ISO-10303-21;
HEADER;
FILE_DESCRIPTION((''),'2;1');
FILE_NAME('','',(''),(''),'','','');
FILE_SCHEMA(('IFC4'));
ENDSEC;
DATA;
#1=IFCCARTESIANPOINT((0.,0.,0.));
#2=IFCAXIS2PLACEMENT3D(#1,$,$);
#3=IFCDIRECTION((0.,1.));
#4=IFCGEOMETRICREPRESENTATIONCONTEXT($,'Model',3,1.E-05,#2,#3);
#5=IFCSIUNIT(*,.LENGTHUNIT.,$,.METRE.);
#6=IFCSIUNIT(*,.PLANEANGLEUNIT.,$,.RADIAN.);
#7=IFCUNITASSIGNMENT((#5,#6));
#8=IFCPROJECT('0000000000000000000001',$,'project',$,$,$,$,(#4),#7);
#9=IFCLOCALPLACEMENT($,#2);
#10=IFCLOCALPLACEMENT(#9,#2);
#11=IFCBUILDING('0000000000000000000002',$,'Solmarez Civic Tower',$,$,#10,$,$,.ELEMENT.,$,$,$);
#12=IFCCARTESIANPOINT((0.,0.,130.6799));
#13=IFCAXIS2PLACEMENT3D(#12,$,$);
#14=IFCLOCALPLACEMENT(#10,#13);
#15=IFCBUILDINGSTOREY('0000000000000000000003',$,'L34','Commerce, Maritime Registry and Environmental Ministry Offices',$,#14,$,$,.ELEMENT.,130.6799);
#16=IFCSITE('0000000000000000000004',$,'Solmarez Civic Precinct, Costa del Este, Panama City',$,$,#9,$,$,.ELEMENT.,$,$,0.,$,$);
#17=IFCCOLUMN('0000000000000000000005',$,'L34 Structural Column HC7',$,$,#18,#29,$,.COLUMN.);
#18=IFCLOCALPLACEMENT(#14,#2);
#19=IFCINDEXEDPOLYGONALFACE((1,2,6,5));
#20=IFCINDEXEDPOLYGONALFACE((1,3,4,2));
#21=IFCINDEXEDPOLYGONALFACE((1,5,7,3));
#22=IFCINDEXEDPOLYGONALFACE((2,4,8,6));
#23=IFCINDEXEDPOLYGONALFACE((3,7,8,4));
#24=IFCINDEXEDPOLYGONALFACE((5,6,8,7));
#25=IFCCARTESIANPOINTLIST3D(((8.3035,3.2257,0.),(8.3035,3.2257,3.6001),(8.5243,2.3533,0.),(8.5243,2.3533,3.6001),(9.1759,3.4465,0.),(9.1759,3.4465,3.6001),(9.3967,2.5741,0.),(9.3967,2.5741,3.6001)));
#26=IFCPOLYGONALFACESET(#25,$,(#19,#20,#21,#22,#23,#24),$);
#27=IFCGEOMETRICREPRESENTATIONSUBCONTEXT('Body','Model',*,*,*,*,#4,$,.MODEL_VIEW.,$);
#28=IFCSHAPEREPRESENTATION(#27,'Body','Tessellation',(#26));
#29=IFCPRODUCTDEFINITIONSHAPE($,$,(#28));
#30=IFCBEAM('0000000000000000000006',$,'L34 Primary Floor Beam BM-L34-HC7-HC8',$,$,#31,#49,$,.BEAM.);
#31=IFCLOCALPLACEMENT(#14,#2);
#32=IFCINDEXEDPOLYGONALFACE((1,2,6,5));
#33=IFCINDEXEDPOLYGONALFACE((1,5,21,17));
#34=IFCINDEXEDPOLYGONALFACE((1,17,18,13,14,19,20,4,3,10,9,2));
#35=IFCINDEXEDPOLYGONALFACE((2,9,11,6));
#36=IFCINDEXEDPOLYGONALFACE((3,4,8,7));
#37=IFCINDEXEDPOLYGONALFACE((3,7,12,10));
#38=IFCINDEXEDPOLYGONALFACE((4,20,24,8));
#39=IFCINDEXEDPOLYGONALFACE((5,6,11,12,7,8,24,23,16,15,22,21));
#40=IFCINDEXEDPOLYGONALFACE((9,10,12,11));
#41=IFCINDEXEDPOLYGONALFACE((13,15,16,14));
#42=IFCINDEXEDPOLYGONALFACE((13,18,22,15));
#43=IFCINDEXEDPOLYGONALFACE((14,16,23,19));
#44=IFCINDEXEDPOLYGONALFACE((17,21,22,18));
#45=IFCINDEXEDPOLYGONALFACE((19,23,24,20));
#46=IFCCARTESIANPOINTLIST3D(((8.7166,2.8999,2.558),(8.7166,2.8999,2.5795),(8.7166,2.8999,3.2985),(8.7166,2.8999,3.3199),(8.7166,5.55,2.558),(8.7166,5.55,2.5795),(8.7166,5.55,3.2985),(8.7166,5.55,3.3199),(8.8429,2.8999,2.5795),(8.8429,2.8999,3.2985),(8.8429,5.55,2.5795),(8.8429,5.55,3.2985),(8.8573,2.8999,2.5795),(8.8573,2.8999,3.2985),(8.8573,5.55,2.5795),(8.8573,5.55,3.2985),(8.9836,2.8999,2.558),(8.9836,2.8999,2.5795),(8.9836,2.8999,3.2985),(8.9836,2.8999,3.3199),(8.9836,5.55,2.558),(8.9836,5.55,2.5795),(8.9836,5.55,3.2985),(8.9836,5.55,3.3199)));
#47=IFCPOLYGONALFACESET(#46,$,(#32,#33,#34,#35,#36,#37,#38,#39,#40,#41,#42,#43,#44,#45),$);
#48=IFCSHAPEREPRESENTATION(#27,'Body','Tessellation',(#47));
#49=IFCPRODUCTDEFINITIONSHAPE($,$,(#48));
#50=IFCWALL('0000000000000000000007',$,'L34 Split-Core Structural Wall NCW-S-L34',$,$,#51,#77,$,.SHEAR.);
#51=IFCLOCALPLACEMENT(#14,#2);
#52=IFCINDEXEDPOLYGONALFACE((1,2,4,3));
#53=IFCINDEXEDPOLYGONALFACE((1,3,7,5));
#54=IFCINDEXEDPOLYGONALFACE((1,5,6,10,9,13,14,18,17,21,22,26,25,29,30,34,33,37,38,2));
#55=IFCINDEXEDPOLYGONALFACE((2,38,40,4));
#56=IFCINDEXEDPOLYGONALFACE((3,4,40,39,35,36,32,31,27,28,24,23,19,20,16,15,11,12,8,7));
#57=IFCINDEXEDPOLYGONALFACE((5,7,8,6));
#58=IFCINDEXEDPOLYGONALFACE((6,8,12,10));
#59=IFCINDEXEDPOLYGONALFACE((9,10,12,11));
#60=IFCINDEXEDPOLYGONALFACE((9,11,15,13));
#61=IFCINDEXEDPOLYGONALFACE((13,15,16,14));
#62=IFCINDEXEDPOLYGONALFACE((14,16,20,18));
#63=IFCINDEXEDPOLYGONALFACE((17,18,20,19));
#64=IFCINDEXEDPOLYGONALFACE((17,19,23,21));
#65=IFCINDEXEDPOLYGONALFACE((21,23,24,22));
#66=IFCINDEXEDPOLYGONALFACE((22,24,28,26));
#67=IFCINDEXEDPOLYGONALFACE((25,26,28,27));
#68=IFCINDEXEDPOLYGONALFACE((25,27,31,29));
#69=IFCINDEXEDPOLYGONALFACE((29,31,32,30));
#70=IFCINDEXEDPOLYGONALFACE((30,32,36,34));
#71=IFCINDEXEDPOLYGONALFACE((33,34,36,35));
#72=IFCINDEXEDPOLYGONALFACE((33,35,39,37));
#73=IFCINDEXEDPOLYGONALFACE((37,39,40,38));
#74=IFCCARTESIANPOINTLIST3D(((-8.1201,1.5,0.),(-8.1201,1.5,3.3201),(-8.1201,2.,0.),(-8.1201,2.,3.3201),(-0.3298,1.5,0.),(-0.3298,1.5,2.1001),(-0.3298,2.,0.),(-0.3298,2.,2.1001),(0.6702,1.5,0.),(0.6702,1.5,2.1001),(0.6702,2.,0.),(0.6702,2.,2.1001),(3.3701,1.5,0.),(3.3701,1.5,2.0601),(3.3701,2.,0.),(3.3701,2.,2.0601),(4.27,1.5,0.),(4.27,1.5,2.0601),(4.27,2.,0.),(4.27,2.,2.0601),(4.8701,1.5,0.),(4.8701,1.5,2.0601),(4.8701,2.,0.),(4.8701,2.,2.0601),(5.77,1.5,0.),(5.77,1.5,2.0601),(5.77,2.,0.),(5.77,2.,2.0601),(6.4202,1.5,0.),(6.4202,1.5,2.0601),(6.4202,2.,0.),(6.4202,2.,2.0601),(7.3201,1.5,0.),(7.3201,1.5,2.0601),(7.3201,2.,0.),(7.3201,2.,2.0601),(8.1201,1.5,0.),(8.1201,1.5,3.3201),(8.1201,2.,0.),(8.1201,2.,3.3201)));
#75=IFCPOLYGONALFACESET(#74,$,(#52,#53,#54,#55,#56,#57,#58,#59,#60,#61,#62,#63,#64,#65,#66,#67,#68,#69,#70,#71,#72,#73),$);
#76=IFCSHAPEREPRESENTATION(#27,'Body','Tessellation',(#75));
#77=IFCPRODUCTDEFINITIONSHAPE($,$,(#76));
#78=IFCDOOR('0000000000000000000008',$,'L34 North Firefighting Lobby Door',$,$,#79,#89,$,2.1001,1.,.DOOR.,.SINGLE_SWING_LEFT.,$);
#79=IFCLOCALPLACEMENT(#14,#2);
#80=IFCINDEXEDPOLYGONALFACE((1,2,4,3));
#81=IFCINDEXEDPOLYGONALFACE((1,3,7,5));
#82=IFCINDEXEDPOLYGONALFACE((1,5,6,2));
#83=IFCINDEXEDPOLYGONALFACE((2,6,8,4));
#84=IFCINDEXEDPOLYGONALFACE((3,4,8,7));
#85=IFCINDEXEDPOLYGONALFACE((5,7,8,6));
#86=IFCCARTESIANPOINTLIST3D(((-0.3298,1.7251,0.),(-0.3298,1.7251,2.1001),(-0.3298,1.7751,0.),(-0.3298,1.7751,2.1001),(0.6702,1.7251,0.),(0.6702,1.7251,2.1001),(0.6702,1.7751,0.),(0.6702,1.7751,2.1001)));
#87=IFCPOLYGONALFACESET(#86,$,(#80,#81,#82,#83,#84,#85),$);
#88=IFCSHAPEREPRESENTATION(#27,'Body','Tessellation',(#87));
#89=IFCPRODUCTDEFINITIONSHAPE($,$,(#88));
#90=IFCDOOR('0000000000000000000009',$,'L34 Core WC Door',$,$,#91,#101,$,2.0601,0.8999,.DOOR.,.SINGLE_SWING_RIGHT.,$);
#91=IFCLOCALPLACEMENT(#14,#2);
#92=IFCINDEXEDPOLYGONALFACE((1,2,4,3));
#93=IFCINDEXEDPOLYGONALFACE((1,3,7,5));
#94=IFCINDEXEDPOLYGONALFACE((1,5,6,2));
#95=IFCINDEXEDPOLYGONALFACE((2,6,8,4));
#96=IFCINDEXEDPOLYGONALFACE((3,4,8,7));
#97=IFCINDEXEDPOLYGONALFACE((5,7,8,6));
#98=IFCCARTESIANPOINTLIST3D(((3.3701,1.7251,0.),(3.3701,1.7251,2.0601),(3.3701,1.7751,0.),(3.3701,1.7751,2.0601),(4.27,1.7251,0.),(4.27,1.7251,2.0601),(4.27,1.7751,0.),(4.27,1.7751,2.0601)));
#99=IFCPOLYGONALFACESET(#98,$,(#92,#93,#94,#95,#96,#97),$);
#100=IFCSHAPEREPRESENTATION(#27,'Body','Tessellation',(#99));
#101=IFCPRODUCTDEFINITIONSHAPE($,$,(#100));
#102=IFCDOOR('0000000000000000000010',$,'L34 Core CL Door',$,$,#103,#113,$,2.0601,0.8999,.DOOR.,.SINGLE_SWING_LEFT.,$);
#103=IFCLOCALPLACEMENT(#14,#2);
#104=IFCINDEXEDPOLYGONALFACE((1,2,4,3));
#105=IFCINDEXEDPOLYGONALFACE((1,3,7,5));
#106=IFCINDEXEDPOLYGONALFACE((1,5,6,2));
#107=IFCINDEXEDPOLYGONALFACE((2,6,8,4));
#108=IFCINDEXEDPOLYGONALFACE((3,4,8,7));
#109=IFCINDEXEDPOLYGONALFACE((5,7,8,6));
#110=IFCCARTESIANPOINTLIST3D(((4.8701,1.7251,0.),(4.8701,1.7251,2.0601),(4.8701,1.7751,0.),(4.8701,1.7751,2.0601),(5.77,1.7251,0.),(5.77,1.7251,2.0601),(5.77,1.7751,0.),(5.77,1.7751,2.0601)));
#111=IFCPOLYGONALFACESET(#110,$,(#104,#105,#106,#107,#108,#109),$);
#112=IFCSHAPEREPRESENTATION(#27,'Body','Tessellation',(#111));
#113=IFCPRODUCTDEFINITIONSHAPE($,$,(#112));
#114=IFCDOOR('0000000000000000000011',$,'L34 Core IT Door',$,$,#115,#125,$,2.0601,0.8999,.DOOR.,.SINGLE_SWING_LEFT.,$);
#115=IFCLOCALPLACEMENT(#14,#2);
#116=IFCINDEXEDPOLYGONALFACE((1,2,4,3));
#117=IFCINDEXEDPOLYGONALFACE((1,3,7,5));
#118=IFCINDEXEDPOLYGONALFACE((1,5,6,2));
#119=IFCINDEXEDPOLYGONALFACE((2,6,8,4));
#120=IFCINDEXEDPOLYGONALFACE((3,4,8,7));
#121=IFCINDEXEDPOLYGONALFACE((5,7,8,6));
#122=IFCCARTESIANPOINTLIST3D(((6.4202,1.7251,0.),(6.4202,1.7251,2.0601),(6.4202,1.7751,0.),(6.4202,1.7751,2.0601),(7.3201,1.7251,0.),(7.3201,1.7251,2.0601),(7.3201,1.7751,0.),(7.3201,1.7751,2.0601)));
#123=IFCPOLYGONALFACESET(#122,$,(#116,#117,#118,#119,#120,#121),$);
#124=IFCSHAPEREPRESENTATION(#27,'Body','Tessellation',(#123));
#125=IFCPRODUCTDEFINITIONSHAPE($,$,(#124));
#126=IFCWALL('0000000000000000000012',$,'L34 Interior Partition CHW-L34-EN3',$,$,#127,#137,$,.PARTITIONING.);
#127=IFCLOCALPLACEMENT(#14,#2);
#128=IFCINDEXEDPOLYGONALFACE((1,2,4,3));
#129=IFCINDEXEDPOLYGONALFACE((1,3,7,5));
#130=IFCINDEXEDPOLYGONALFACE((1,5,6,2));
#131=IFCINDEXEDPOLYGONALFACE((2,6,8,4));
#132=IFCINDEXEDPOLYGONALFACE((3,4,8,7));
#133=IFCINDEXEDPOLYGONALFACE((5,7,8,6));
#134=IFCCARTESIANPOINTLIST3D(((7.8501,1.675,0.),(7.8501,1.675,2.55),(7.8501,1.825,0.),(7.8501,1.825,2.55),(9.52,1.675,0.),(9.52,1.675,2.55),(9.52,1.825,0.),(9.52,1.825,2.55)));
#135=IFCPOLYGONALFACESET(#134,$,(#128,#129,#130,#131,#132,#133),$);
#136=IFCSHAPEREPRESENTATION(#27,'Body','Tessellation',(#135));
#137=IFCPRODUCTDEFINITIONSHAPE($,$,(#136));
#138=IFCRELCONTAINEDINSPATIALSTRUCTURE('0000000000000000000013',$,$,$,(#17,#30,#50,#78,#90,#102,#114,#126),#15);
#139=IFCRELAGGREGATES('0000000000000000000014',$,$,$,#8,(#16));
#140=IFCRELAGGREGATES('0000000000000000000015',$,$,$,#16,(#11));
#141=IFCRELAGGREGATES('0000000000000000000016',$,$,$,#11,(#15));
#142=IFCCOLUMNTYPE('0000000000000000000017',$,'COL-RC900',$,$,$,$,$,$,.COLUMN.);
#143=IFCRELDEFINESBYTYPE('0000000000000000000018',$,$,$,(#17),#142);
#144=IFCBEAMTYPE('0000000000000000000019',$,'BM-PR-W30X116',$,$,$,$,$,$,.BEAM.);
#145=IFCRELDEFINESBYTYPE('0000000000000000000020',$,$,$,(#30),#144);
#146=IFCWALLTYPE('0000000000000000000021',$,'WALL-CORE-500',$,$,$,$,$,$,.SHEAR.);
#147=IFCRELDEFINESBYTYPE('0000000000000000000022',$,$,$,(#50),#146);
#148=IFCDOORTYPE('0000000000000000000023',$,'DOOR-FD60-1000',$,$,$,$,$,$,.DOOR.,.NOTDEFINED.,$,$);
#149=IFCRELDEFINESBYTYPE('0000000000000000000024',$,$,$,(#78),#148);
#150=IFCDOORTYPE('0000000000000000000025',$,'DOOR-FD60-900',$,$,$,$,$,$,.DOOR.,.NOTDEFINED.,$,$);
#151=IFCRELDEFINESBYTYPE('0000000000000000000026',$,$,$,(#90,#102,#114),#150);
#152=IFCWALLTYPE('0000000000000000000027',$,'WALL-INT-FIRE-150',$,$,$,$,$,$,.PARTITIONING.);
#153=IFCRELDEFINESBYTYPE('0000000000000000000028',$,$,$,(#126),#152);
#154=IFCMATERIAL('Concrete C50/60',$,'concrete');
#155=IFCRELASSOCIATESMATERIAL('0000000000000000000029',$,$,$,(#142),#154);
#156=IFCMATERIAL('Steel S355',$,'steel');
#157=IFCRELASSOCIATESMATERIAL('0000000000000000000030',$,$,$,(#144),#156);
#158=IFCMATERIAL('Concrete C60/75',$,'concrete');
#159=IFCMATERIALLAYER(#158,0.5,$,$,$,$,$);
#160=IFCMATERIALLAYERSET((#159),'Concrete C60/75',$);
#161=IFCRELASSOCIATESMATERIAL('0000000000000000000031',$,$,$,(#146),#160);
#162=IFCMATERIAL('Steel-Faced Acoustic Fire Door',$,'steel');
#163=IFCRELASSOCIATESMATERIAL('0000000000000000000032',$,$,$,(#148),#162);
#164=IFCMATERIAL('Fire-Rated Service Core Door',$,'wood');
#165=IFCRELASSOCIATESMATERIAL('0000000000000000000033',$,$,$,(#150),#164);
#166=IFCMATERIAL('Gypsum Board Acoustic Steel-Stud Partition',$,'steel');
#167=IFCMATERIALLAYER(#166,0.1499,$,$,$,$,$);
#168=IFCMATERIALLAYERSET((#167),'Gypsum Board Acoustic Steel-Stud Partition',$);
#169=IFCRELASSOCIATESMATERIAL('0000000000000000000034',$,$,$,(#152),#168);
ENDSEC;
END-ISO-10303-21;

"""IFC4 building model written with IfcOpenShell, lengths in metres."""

from ifc_helpers import new_model, si_unit, direction, frame, frame_2d, origin, origin_2d, place, context, subcontext, project, spatial, rectangle, i_section, extrude, material, layer, layer_set, material_profile, profile_set, type_object, element, fill, save


model = new_model("IFC4")

# Units and contexts
model_context = context("Model", 3, precision=1e-05, world=origin(), true_north=direction((0.0, 1.0)))
body_context = subcontext(model_context, "Body", "Model", "MODEL_VIEW")
ifc_project = project(units=[si_unit("LENGTHUNIT", "METRE"), si_unit("PLANEANGLEUNIT", "RADIAN")], contexts=[model_context])

# Site, building, storey
site_placement = place(None, origin())
site = spatial("IfcSite", under=ifc_project, at=site_placement, Name="Solmarez Civic Precinct, Costa del Este, Panama City", CompositionType="ELEMENT", RefElevation=0.0)
building_placement = place(site_placement, origin())
building = spatial("IfcBuilding", under=site, at=building_placement, Name="Solmarez Civic Tower", CompositionType="ELEMENT")
storey_placement = place(building_placement, frame((0.0, 0.0, 130.6799)))
storey = spatial("IfcBuildingStorey", under=building, at=storey_placement, Name="L34", Description="Commerce, Maritime Registry and Environmental Ministry Offices", CompositionType="ELEMENT", Elevation=130.6799)

# Column
ifc_material_1 = material(Name="Concrete C50/60", Category="concrete")
ifc_material_profile_1 = material_profile(ifc_material_1, rectangle(XDim=0.8999, YDim=0.8999, at=origin_2d()), Name="RC900X900")
ifc_profile_set_1 = profile_set([ifc_material_profile_1], Name="Concrete C50/60")
column_type = type_object("IfcColumnType", Name="COL-RC900", PredefinedType="COLUMN", material=ifc_profile_set_1)
column_placement = place(storey_placement, frame((8.8501, 2.8999, 0.0), z_axis=(0.0, 0.0, 1.0), x_axis=(0.969445, 0.245307, 0.0)))
element("IfcColumn", 1, at=column_placement, inside=storey, type_object=column_type, Name="L34 Structural Column HC7", PredefinedType="COLUMN", context=body_context, shape_type="SweptSolid", body=[
    extrude(rectangle(XDim=0.8999, YDim=0.8999, at=origin_2d()), origin(), (0.0, 0.0, 1.0), 3.6001),
])

# Beam
ifc_material_2 = material(Name="Steel S355", Category="steel")
ifc_material_profile_2 = material_profile(ifc_material_2, i_section(OverallWidth=0.2671, OverallDepth=0.762, WebThickness=0.0144, FlangeThickness=0.0215, at=origin_2d()), Name="W30X116")
ifc_profile_set_2 = profile_set([ifc_material_profile_2], Name="Steel S355")
beam_type = type_object("IfcBeamType", Name="BM-PR-W30X116", PredefinedType="BEAM", material=ifc_profile_set_2)
beam_placement = place(storey_placement, frame((8.8501, 2.8999, 2.939), z_axis=(0.0, 1.0, 0.0), x_axis=(-1.0, 0.0, 0.0)))
element("IfcBeam", 2, at=beam_placement, inside=storey, type_object=beam_type, Name="L34 Primary Floor Beam BM-L34-HC7-HC8", PredefinedType="BEAM", context=body_context, shape_type="SweptSolid", body=[
    extrude(i_section(OverallWidth=0.2671, OverallDepth=0.762, WebThickness=0.0144, FlangeThickness=0.0215, at=origin_2d()), origin(), (0.0, 0.0, 1.0), 2.6501),
])

# Wall, openings, doors
ifc_material_3 = material(Name="Concrete C60/75", Category="concrete")
ifc_layer_1 = layer(ifc_material_3, 0.5)
ifc_layer_set_1 = layer_set([ifc_layer_1], Name="Concrete C60/75")
wall_type_1 = type_object("IfcWallType", Name="WALL-CORE-500", PredefinedType="SHEAR", material=ifc_layer_set_1)
wall_1_placement = place(storey_placement, frame((8.1201, 1.75, 0.0), z_axis=(0.0, 0.0, 1.0), x_axis=(-1.0, 0.0, 0.0)))
wall_1 = element("IfcWall", 3, at=wall_1_placement, inside=storey, type_object=wall_type_1, Name="L34 Split-Core Structural Wall NCW-S-L34", PredefinedType="SHEAR", context=body_context, shape_type="SweptSolid", body=[
    extrude(rectangle(XDim=16.2402, YDim=0.5, at=frame_2d((8.1201, 0.0))), origin(), (0.0, 0.0, 1.0), 3.3201),
])
opening_1_placement = place(wall_1_placement, frame((7.45, 0.0, 0.0)))
opening_1 = element("IfcOpeningElement", 4, at=opening_1_placement, cuts=wall_1, PredefinedType="OPENING", context=body_context, shape_type="SweptSolid", body=[
    extrude(rectangle(XDim=1.0, YDim=2.1001, at=frame_2d((0.5, 1.05))), frame((0.0, 0.26, 0.0), z_axis=(0.0, -1.0, 0.0), x_axis=(1.0, 0.0, 0.0)), (0.0, 0.0, 1.0), 0.52),
])
opening_2_placement = place(wall_1_placement, frame((3.8501, 0.0, 0.0)))
opening_2 = element("IfcOpeningElement", 5, at=opening_2_placement, cuts=wall_1, PredefinedType="OPENING", context=body_context, shape_type="SweptSolid", body=[
    extrude(rectangle(XDim=0.8999, YDim=2.0601, at=frame_2d((0.45, 1.03))), frame((0.0, 0.26, 0.0), z_axis=(0.0, -1.0, 0.0), x_axis=(1.0, 0.0, 0.0)), (0.0, 0.0, 1.0), 0.52),
])
opening_3_placement = place(wall_1_placement, frame((2.3501, 0.0, 0.0)))
opening_3 = element("IfcOpeningElement", 6, at=opening_3_placement, cuts=wall_1, PredefinedType="OPENING", context=body_context, shape_type="SweptSolid", body=[
    extrude(rectangle(XDim=0.8999, YDim=2.0601, at=frame_2d((0.45, 1.03))), frame((0.0, 0.26, 0.0), z_axis=(0.0, -1.0, 0.0), x_axis=(1.0, 0.0, 0.0)), (0.0, 0.0, 1.0), 0.52),
])
opening_4_placement = place(wall_1_placement, frame((0.8, 0.0, 0.0)))
opening_4 = element("IfcOpeningElement", 7, at=opening_4_placement, cuts=wall_1, PredefinedType="OPENING", context=body_context, shape_type="SweptSolid", body=[
    extrude(rectangle(XDim=0.8999, YDim=2.0601, at=frame_2d((0.45, 1.03))), frame((0.0, 0.26, 0.0), z_axis=(0.0, -1.0, 0.0), x_axis=(1.0, 0.0, 0.0)), (0.0, 0.0, 1.0), 0.52),
])
ifc_material_4 = material(Name="Steel-Faced Acoustic Fire Door", Category="steel")
door_type_1 = type_object("IfcDoorType", Name="DOOR-FD60-1000", OperationType="NOTDEFINED", PredefinedType="DOOR", material=ifc_material_4)
door_1_placement = place(opening_1_placement, origin())
door_1 = element("IfcDoor", 8, at=door_1_placement, inside=storey, type_object=door_type_1, Name="L34 North Firefighting Lobby Door", OperationType="SINGLE_SWING_LEFT", OverallHeight=2.1001, OverallWidth=1.0, PredefinedType="DOOR", context=body_context, shape_type="SweptSolid", body=[
    extrude(rectangle(XDim=1.0, YDim=2.1001, at=frame_2d((0.5, 1.05))), frame((0.0, 0.0249, 0.0), z_axis=(0.0, -1.0, 0.0), x_axis=(1.0, 0.0, 0.0)), (0.0, 0.0, 1.0), 0.05),
])
fill(opening_1, door_1)
ifc_material_5 = material(Name="Fire-Rated Service Core Door", Category="wood")
door_type_2 = type_object("IfcDoorType", Name="DOOR-FD60-900", OperationType="NOTDEFINED", PredefinedType="DOOR", material=ifc_material_5)
door_2_placement = place(opening_2_placement, origin())
door_2 = element("IfcDoor", 9, at=door_2_placement, inside=storey, type_object=door_type_2, Name="L34 Core WC Door", OperationType="SINGLE_SWING_RIGHT", OverallHeight=2.0601, OverallWidth=0.8999, PredefinedType="DOOR", context=body_context, shape_type="SweptSolid", body=[
    extrude(rectangle(XDim=0.8999, YDim=2.0601, at=frame_2d((0.45, 1.03))), frame((0.0, 0.0249, 0.0), z_axis=(0.0, -1.0, 0.0), x_axis=(1.0, 0.0, 0.0)), (0.0, 0.0, 1.0), 0.05),
])
fill(opening_2, door_2)
door_3_placement = place(opening_3_placement, origin())
door_3 = element("IfcDoor", 10, at=door_3_placement, inside=storey, type_object=door_type_2, Name="L34 Core CL Door", OperationType="SINGLE_SWING_LEFT", OverallHeight=2.0601, OverallWidth=0.8999, PredefinedType="DOOR", context=body_context, shape_type="SweptSolid", body=[
    extrude(rectangle(XDim=0.8999, YDim=2.0601, at=frame_2d((0.45, 1.03))), frame((0.0, 0.0249, 0.0), z_axis=(0.0, -1.0, 0.0), x_axis=(1.0, 0.0, 0.0)), (0.0, 0.0, 1.0), 0.05),
])
fill(opening_3, door_3)
door_4_placement = place(opening_4_placement, origin())
door_4 = element("IfcDoor", 11, at=door_4_placement, inside=storey, type_object=door_type_2, Name="L34 Core IT Door", OperationType="SINGLE_SWING_LEFT", OverallHeight=2.0601, OverallWidth=0.8999, PredefinedType="DOOR", context=body_context, shape_type="SweptSolid", body=[
    extrude(rectangle(XDim=0.8999, YDim=2.0601, at=frame_2d((0.45, 1.03))), frame((0.0, 0.0249, 0.0), z_axis=(0.0, -1.0, 0.0), x_axis=(1.0, 0.0, 0.0)), (0.0, 0.0, 1.0), 0.05),
])
fill(opening_4, door_4)

# Wall
ifc_material_6 = material(Name="Gypsum Board Acoustic Steel-Stud Partition", Category="steel")
ifc_layer_2 = layer(ifc_material_6, 0.1499)
ifc_layer_set_2 = layer_set([ifc_layer_2], Name="Gypsum Board Acoustic Steel-Stud Partition")
wall_type_2 = type_object("IfcWallType", Name="WALL-INT-FIRE-150", PredefinedType="PARTITIONING", material=ifc_layer_set_2)
wall_2_placement = place(storey_placement, frame((7.8501, 1.75, 0.0), z_axis=(0.0, 0.0, 1.0), x_axis=(1.0, 0.0, 0.0)))
element("IfcWall", 12, at=wall_2_placement, inside=storey, type_object=wall_type_2, Name="L34 Interior Partition CHW-L34-EN3", PredefinedType="PARTITIONING", context=body_context, shape_type="SweptSolid", body=[
    extrude(rectangle(XDim=1.6699, YDim=0.1499, at=frame_2d((0.835, 0.0))), origin(), (0.0, 0.0, 1.0), 2.55),
])

save(model, "model.ifc")
